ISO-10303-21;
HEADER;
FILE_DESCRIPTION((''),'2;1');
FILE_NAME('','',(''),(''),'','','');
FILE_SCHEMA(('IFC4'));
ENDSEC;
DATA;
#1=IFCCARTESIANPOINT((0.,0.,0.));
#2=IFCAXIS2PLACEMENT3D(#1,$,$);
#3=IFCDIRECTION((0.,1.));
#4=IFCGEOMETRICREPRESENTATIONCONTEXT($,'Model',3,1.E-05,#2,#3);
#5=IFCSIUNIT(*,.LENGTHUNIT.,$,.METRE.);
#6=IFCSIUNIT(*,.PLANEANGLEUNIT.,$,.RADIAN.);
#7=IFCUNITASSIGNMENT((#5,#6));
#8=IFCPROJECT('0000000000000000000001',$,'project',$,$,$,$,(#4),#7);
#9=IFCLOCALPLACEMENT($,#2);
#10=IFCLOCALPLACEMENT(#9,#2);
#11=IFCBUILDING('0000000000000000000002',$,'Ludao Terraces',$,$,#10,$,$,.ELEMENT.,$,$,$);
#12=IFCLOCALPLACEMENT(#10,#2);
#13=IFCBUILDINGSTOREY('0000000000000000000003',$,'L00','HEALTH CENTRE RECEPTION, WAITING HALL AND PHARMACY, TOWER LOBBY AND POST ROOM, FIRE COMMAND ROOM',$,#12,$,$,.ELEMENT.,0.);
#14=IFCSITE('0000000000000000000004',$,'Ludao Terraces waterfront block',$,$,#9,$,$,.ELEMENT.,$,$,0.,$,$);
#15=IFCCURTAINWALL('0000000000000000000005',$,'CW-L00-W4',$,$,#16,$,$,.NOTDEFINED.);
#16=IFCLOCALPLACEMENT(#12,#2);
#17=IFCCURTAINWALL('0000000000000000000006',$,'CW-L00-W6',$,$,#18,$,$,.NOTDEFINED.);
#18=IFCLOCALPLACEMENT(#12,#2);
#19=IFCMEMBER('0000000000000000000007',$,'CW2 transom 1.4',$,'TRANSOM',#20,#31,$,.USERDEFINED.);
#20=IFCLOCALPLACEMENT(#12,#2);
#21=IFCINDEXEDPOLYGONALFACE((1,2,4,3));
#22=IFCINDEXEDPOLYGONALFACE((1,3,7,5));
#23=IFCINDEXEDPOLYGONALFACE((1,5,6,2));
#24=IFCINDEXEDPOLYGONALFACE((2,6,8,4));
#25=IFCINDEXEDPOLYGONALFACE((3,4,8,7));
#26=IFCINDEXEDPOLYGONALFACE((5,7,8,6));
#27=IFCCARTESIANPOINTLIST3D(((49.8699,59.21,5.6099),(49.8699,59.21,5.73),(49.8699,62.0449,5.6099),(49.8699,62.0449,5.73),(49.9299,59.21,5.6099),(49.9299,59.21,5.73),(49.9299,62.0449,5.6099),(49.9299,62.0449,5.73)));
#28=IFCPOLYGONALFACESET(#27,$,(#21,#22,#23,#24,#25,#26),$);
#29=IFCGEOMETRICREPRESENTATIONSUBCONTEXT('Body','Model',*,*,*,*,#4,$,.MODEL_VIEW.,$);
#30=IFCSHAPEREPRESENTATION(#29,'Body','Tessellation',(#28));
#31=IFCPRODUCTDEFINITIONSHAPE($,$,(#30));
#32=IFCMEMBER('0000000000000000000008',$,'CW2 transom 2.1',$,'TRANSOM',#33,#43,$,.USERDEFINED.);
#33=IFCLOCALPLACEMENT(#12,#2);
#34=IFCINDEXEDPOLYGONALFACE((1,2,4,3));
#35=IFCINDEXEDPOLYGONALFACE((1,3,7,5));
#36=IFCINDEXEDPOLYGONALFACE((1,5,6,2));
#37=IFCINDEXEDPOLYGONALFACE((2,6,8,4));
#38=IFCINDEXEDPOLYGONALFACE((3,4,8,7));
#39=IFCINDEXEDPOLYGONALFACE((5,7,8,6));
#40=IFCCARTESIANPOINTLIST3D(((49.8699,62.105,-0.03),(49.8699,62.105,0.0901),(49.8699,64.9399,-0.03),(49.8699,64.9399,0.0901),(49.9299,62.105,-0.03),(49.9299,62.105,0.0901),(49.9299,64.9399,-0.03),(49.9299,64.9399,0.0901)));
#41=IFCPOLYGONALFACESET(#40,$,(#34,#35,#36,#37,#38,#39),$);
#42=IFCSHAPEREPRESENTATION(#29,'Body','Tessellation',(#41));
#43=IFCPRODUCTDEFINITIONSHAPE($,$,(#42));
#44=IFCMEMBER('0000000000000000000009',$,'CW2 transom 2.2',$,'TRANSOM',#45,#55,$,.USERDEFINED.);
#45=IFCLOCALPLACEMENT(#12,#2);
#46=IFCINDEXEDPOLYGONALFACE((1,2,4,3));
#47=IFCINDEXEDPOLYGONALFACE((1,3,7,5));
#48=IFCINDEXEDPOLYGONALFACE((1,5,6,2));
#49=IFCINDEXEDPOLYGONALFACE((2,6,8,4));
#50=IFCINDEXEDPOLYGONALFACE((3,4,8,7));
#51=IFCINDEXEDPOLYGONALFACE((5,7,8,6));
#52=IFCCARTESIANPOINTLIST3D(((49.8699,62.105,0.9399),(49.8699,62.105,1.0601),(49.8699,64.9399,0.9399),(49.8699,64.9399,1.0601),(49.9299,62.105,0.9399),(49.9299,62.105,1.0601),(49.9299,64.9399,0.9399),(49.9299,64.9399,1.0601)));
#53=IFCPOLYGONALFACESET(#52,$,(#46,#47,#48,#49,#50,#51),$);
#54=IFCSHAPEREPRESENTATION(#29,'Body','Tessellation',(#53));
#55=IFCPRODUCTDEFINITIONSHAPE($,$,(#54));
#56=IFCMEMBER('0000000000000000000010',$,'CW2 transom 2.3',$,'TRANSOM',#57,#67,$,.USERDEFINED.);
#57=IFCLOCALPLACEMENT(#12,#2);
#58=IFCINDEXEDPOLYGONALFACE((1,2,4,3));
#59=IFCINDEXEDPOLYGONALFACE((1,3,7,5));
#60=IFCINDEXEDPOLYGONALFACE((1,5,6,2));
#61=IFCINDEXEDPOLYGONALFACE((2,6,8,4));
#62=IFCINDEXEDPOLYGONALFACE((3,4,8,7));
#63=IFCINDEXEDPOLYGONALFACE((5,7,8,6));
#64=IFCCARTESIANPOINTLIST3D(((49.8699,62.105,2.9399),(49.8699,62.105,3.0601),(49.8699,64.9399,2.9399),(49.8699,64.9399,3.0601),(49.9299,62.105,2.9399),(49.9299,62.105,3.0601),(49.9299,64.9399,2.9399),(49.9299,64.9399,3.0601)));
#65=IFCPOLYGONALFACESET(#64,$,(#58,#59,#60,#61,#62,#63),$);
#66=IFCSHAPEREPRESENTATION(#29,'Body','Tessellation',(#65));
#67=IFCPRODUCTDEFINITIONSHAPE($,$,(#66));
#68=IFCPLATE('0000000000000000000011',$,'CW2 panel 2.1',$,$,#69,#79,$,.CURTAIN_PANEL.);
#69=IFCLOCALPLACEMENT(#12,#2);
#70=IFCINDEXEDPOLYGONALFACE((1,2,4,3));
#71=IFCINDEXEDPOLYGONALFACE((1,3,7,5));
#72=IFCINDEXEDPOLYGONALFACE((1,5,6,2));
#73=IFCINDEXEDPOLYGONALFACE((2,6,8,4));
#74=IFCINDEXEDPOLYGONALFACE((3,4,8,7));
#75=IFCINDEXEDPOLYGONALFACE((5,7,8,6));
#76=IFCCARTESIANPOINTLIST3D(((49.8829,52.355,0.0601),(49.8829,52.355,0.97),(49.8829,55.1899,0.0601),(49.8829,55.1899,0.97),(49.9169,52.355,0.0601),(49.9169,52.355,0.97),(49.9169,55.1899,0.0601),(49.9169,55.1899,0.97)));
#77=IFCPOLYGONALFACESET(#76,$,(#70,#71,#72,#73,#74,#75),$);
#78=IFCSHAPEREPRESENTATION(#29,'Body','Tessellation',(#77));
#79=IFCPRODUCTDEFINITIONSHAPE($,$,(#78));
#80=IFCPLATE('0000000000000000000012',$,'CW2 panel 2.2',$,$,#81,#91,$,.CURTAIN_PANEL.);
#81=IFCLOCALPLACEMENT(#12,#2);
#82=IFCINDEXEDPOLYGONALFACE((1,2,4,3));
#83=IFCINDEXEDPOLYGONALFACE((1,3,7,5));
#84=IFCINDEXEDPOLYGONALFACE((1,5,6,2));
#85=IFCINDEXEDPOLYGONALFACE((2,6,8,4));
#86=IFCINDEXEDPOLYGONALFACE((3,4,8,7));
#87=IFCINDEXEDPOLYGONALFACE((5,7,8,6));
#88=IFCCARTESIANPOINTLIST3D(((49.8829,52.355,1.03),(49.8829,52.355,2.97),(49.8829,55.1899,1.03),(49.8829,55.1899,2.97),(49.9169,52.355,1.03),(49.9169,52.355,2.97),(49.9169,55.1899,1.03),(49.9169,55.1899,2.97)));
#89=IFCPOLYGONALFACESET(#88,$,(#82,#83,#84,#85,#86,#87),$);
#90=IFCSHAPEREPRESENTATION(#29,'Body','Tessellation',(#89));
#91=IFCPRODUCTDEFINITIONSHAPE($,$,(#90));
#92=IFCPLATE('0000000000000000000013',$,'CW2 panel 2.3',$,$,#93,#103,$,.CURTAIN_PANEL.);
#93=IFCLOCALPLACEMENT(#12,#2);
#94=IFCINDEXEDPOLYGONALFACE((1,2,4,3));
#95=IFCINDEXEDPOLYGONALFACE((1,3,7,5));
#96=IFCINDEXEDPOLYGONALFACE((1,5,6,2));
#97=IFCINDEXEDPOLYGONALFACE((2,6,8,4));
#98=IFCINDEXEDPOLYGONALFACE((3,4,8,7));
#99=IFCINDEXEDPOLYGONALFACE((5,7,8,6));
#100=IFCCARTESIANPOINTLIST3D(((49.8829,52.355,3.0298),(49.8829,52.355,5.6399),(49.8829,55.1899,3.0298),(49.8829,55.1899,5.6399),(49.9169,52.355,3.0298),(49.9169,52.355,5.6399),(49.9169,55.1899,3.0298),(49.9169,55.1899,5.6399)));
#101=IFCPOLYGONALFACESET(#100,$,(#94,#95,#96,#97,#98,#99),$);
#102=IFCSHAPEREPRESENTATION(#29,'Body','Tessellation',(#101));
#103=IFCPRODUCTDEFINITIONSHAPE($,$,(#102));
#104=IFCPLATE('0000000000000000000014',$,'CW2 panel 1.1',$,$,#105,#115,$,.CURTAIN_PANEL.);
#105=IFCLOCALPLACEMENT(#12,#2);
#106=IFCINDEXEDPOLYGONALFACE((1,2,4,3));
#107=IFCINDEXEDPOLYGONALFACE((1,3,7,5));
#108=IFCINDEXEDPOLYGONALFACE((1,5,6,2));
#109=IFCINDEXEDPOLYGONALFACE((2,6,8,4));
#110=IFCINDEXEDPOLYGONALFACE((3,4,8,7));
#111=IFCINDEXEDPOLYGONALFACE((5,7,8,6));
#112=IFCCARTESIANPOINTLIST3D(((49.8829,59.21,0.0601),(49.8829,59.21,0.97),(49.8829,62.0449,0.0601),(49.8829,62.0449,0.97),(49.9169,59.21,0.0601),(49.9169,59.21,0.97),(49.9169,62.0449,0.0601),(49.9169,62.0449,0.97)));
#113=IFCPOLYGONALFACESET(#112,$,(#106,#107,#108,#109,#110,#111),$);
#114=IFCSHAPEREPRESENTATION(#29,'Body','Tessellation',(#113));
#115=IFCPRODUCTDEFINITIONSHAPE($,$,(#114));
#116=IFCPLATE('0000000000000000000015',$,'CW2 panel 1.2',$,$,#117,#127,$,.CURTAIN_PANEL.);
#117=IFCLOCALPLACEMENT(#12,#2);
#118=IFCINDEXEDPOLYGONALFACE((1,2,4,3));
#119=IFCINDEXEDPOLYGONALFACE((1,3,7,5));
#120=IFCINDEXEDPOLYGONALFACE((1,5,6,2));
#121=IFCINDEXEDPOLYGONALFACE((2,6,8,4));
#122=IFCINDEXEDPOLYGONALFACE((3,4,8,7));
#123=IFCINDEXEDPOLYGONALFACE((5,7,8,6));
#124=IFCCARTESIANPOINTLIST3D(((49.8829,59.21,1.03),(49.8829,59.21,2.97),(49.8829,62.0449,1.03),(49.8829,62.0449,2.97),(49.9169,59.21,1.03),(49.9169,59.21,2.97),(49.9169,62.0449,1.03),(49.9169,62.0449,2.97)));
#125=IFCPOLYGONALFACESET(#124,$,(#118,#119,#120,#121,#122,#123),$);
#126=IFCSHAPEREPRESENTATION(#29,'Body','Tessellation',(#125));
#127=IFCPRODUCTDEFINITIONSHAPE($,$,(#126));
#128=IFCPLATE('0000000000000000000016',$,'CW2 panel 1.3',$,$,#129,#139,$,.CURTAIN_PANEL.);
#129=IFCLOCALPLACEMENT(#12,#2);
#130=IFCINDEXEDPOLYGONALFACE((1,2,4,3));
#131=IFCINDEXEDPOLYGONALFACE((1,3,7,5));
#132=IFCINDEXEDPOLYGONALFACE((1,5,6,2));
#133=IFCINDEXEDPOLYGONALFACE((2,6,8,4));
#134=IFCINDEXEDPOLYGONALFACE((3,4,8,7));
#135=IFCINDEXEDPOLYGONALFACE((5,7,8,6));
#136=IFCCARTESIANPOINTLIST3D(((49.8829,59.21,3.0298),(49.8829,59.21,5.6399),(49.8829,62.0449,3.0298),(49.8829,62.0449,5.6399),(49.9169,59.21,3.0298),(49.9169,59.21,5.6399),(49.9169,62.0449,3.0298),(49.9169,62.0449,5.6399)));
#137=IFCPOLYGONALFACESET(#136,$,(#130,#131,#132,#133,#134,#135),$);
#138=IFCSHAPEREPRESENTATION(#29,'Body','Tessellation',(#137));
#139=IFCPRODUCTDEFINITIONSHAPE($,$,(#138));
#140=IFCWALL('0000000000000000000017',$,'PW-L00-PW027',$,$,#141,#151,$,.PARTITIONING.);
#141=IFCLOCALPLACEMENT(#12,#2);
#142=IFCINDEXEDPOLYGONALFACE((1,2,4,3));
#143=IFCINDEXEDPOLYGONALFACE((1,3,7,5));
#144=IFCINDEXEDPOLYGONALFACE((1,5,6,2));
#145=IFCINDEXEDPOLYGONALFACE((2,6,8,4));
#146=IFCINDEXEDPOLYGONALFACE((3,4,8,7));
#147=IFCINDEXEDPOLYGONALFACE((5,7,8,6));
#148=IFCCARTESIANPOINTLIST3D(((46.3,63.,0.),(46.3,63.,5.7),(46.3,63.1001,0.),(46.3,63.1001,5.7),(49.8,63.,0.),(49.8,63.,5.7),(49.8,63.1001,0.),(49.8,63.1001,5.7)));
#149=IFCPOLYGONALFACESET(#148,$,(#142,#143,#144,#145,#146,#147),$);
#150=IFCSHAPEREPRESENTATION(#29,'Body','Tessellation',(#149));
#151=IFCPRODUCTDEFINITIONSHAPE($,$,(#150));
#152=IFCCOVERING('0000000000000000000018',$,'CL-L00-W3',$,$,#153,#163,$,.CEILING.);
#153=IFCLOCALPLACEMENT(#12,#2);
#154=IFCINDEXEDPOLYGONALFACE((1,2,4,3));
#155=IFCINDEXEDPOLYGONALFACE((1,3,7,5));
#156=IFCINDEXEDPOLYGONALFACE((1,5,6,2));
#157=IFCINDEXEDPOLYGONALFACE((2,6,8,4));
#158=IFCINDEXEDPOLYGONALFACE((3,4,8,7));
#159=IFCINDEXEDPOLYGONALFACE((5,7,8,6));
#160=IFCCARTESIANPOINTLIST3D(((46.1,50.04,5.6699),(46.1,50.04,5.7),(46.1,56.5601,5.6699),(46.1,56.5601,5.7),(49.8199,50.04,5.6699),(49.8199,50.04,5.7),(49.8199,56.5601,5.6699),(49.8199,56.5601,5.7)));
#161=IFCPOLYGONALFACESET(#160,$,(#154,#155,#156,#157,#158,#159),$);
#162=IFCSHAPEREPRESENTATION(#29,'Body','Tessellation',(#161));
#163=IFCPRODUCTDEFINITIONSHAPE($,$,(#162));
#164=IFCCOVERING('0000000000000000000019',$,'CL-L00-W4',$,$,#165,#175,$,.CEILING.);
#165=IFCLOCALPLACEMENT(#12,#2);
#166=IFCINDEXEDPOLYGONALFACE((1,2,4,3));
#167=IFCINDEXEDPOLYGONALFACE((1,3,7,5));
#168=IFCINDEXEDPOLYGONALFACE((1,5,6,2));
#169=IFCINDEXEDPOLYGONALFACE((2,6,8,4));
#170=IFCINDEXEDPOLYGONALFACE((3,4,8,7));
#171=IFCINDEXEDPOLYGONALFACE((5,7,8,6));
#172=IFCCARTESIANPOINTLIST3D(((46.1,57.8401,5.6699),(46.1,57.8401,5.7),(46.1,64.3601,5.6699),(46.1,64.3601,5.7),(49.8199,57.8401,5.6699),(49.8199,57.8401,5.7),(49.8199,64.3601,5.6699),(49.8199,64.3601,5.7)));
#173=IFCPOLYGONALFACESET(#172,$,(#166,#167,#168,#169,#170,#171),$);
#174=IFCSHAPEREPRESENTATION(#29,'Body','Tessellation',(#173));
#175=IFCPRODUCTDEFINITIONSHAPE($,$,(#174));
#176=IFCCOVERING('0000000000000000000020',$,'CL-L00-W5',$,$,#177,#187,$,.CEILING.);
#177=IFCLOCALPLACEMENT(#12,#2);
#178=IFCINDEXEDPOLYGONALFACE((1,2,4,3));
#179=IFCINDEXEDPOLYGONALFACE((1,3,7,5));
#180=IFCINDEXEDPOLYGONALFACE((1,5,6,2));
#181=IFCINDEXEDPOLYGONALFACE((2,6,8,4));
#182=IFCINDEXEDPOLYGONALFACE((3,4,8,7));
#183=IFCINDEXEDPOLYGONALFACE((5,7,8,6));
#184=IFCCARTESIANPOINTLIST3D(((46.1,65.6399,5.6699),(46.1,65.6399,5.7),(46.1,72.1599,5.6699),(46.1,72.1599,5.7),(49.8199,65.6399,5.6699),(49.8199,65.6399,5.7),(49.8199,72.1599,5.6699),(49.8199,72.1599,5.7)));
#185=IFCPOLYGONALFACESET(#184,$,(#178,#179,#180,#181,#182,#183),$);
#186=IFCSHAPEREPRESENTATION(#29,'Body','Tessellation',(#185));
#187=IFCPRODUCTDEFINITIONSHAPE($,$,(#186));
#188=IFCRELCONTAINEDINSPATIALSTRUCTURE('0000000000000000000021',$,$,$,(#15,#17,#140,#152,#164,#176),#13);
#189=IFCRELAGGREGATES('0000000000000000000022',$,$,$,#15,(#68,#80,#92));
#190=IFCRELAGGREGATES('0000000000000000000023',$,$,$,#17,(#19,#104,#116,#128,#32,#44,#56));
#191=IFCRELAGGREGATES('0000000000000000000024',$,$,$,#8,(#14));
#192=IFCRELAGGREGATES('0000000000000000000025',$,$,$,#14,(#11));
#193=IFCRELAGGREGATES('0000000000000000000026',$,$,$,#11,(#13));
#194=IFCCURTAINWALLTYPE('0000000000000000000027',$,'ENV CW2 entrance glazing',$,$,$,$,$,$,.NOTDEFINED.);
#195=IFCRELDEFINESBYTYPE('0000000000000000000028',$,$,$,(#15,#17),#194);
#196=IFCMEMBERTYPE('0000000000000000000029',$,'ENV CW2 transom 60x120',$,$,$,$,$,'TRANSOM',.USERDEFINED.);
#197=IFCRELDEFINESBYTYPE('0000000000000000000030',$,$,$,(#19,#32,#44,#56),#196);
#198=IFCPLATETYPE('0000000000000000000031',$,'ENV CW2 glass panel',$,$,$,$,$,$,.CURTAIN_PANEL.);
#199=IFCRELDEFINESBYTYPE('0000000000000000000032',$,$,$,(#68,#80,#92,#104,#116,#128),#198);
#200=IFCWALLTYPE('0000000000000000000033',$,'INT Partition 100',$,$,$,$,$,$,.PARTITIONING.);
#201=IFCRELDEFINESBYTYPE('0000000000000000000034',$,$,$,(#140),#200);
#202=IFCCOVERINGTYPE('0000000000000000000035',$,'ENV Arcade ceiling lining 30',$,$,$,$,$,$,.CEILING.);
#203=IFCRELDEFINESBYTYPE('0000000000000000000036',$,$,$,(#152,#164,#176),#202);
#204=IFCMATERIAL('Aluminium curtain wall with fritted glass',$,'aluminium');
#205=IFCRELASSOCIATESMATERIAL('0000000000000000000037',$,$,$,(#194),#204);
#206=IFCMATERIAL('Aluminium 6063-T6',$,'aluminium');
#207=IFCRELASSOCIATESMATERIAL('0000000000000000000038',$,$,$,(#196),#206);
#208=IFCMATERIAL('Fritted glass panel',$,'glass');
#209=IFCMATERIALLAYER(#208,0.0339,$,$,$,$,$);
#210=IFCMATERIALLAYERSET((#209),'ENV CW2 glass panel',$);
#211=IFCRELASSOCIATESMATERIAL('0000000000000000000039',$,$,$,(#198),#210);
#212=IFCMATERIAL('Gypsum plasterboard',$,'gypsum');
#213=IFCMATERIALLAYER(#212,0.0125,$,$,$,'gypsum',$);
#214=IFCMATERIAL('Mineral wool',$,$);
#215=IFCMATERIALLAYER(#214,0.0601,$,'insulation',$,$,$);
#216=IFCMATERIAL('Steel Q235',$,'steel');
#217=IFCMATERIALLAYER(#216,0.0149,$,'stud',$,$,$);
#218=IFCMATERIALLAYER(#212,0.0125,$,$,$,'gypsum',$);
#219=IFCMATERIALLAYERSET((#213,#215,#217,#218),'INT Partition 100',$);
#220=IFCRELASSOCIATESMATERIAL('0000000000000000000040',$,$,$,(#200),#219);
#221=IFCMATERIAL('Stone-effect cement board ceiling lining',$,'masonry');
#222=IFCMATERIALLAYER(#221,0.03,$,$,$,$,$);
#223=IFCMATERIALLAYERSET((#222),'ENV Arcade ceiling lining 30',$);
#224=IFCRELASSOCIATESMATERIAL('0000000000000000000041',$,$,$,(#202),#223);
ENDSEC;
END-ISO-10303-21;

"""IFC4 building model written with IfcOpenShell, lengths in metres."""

from ifc_helpers import new_model, si_unit, direction, frame, frame_2d, origin, origin_2d, place, context, subcontext, project, spatial, rectangle, extrude, material, layer, layer_set, material_profile, profile_set, type_object, element, aggregate, save


model = new_model("IFC4")

# Units and contexts
model_context = context("Model", 3, precision=1e-05, world=origin(), true_north=direction((0.0, 1.0)))
body_context = subcontext(model_context, "Body", "Model", "MODEL_VIEW")
ifc_project = project(units=[si_unit("LENGTHUNIT", "METRE"), si_unit("PLANEANGLEUNIT", "RADIAN")], contexts=[model_context])

# Site, building, storey
site_placement = place(None, origin())
site = spatial("IfcSite", under=ifc_project, at=site_placement, Name="Ludao Terraces waterfront block", CompositionType="ELEMENT", RefElevation=0.0)
building_placement = place(site_placement, origin())
building = spatial("IfcBuilding", under=site, at=building_placement, Name="Ludao Terraces", CompositionType="ELEMENT")
storey_placement = place(building_placement, origin())
storey = spatial("IfcBuildingStorey", under=building, at=storey_placement, Name="L00", Description="HEALTH CENTRE RECEPTION, WAITING HALL AND PHARMACY, TOWER LOBBY AND POST ROOM, FIRE COMMAND ROOM", CompositionType="ELEMENT", Elevation=0.0)

# Curtain wall
ifc_material_1 = material(Name="Aluminium curtain wall with fritted glass", Category="aluminium")
curtain_wall_type = type_object("IfcCurtainWallType", Name="ENV CW2 entrance glazing", PredefinedType="NOTDEFINED", material=ifc_material_1)
curtain_wall_1_placement = place(storey_placement, origin())
curtain_wall_1 = element("IfcCurtainWall", 1, at=curtain_wall_1_placement, inside=storey, type_object=curtain_wall_type, Name="CW-L00-W4", PredefinedType="NOTDEFINED")
ifc_material_2 = material(Name="Aluminium 6063-T6", Category="aluminium")

# Curtain wall
curtain_wall_2_placement = place(storey_placement, origin())
curtain_wall_2 = element("IfcCurtainWall", 2, at=curtain_wall_2_placement, inside=storey, type_object=curtain_wall_type, Name="CW-L00-W6", PredefinedType="NOTDEFINED")

# Members
ifc_material_profile_1 = material_profile(ifc_material_2, rectangle(XDim=0.0601, YDim=0.1201, at=origin_2d()), Name="60 X 120")
ifc_profile_set_1 = profile_set([ifc_material_profile_1], Name="Aluminium 6063-T6")
member_type_1 = type_object("IfcMemberType", Name="ENV CW2 transom 60x120", ElementType="TRANSOM", PredefinedType="USERDEFINED", material=ifc_profile_set_1)
member_1_placement = place(storey_placement, frame((49.8999, 59.21, 5.6699), z_axis=(0.0, 1.0, 0.0), x_axis=(-1.0, 0.0, 0.0)))
member_1 = element("IfcMember", 3, at=member_1_placement, type_object=member_type_1, Name="CW2 transom 1.4", ObjectType="TRANSOM", PredefinedType="USERDEFINED", context=body_context, shape_type="SweptSolid", body=[
    extrude(rectangle(XDim=0.0601, YDim=0.1201, at=origin_2d()), origin(), (0.0, 0.0, 1.0), 2.835),
])
member_2_placement = place(storey_placement, frame((49.8999, 62.105, 0.03), z_axis=(0.0, 1.0, 0.0), x_axis=(-1.0, 0.0, 0.0)))
member_2 = element("IfcMember", 4, at=member_2_placement, type_object=member_type_1, Name="CW2 transom 2.1", ObjectType="TRANSOM", PredefinedType="USERDEFINED", context=body_context, shape_type="SweptSolid", body=[
    extrude(rectangle(XDim=0.0601, YDim=0.1201, at=origin_2d()), origin(), (0.0, 0.0, 1.0), 2.835),
])
member_3_placement = place(storey_placement, frame((49.8999, 62.105, 1.0), z_axis=(0.0, 1.0, 0.0), x_axis=(-1.0, 0.0, 0.0)))
member_3 = element("IfcMember", 5, at=member_3_placement, type_object=member_type_1, Name="CW2 transom 2.2", ObjectType="TRANSOM", PredefinedType="USERDEFINED", context=body_context, shape_type="SweptSolid", body=[
    extrude(rectangle(XDim=0.0601, YDim=0.1201, at=origin_2d()), origin(), (0.0, 0.0, 1.0), 2.835),
])
member_4_placement = place(storey_placement, frame((49.8999, 62.105, 3.0), z_axis=(0.0, 1.0, 0.0), x_axis=(-1.0, 0.0, 0.0)))
member_4 = element("IfcMember", 6, at=member_4_placement, type_object=member_type_1, Name="CW2 transom 2.3", ObjectType="TRANSOM", PredefinedType="USERDEFINED", context=body_context, shape_type="SweptSolid", body=[
    extrude(rectangle(XDim=0.0601, YDim=0.1201, at=origin_2d()), origin(), (0.0, 0.0, 1.0), 2.835),
])

# Plates
ifc_material_3 = material(Name="Fritted glass panel", Category="glass")
ifc_layer_1 = layer(ifc_material_3, 0.0339)
ifc_layer_set_1 = layer_set([ifc_layer_1], Name="ENV CW2 glass panel")
plate_type = type_object("IfcPlateType", Name="ENV CW2 glass panel", PredefinedType="CURTAIN_PANEL", material=ifc_layer_set_1)
plate_1_placement = place(storey_placement, frame((49.8999, 53.7725, 0.0601), z_axis=(0.0, 0.0, 1.0), x_axis=(0.0, 1.0, 0.0)))
plate_1 = element("IfcPlate", 7, at=plate_1_placement, type_object=plate_type, Name="CW2 panel 2.1", PredefinedType="CURTAIN_PANEL", context=body_context, shape_type="SweptSolid", body=[
    extrude(rectangle(XDim=2.835, YDim=0.0339, at=origin_2d()), origin(), (0.0, 0.0, 1.0), 0.9099),
])
plate_2_placement = place(storey_placement, frame((49.8999, 53.7725, 1.03), z_axis=(0.0, 0.0, 1.0), x_axis=(0.0, 1.0, 0.0)))
plate_2 = element("IfcPlate", 8, at=plate_2_placement, type_object=plate_type, Name="CW2 panel 2.2", PredefinedType="CURTAIN_PANEL", context=body_context, shape_type="SweptSolid", body=[
    extrude(rectangle(XDim=2.835, YDim=0.0339, at=origin_2d()), origin(), (0.0, 0.0, 1.0), 1.9399),
])
plate_3_placement = place(storey_placement, frame((49.8999, 53.7725, 3.0298), z_axis=(0.0, 0.0, 1.0), x_axis=(0.0, 1.0, 0.0)))
plate_3 = element("IfcPlate", 9, at=plate_3_placement, type_object=plate_type, Name="CW2 panel 2.3", PredefinedType="CURTAIN_PANEL", context=body_context, shape_type="SweptSolid", body=[
    extrude(rectangle(XDim=2.835, YDim=0.0339, at=origin_2d()), origin(), (0.0, 0.0, 1.0), 2.6101),
])
aggregate(curtain_wall_1, [plate_1, plate_2, plate_3])
plate_4_placement = place(storey_placement, frame((49.8999, 60.6274, 0.0601), z_axis=(0.0, 0.0, 1.0), x_axis=(0.0, 1.0, 0.0)))
plate_4 = element("IfcPlate", 10, at=plate_4_placement, type_object=plate_type, Name="CW2 panel 1.1", PredefinedType="CURTAIN_PANEL", context=body_context, shape_type="SweptSolid", body=[
    extrude(rectangle(XDim=2.835, YDim=0.0339, at=origin_2d()), origin(), (0.0, 0.0, 1.0), 0.9099),
])
plate_5_placement = place(storey_placement, frame((49.8999, 60.6274, 1.03), z_axis=(0.0, 0.0, 1.0), x_axis=(0.0, 1.0, 0.0)))
plate_5 = element("IfcPlate", 11, at=plate_5_placement, type_object=plate_type, Name="CW2 panel 1.2", PredefinedType="CURTAIN_PANEL", context=body_context, shape_type="SweptSolid", body=[
    extrude(rectangle(XDim=2.835, YDim=0.0339, at=origin_2d()), origin(), (0.0, 0.0, 1.0), 1.9399),
])
plate_6_placement = place(storey_placement, frame((49.8999, 60.6274, 3.0298), z_axis=(0.0, 0.0, 1.0), x_axis=(0.0, 1.0, 0.0)))
plate_6 = element("IfcPlate", 12, at=plate_6_placement, type_object=plate_type, Name="CW2 panel 1.3", PredefinedType="CURTAIN_PANEL", context=body_context, shape_type="SweptSolid", body=[
    extrude(rectangle(XDim=2.835, YDim=0.0339, at=origin_2d()), origin(), (0.0, 0.0, 1.0), 2.6101),
])
aggregate(curtain_wall_2, [member_1, plate_4, plate_5, plate_6, member_2, member_3, member_4])

# Shared definitions
ifc_material_4 = material(Name="Mineral wool")

# Wall
ifc_material_5 = material(Name="Gypsum plasterboard", Category="gypsum")
ifc_layer_2 = layer(ifc_material_5, 0.0125, Category="gypsum")
ifc_layer_3 = layer(ifc_material_4, 0.0601, Name="insulation")
ifc_material_6 = material(Name="Steel Q235", Category="steel")
ifc_layer_4 = layer(ifc_material_6, 0.0149, Name="stud")
ifc_layer_5 = layer(ifc_material_5, 0.0125, Category="gypsum")
ifc_layer_set_2 = layer_set([ifc_layer_2, ifc_layer_3, ifc_layer_4, ifc_layer_5], Name="INT Partition 100")
wall_type_1 = type_object("IfcWallType", Name="INT Partition 100", PredefinedType="PARTITIONING", material=ifc_layer_set_2)
wall_1_placement = place(storey_placement, frame((46.3, 63.05, 0.0), z_axis=(0.0, 0.0, 1.0), x_axis=(1.0, 0.0, 0.0)))
element("IfcWall", 13, at=wall_1_placement, inside=storey, type_object=wall_type_1, Name="PW-L00-PW027", PredefinedType="PARTITIONING", context=body_context, shape_type="SweptSolid", body=[
    extrude(rectangle(XDim=3.5, YDim=0.1001, at=frame_2d((1.75, 0.0))), origin(), (0.0, 0.0, 1.0), 5.7),
])

# Coverings
ifc_material_7 = material(Name="Stone-effect cement board ceiling lining", Category="masonry")
ifc_layer_6 = layer(ifc_material_7, 0.03)
ifc_layer_set_3 = layer_set([ifc_layer_6], Name="ENV Arcade ceiling lining 30")
covering_type = type_object("IfcCoveringType", Name="ENV Arcade ceiling lining 30", PredefinedType="CEILING", material=ifc_layer_set_3)
for number, where, z_axis, x_axis, name in (
    (14, (47.96, 53.3, 5.6699), (0.0, 0.0, 1.0), (1.0, 0.0, 0.0), "CL-L00-W3"),
    (15, (47.96, 61.1001, 5.6699), (0.0, 0.0, 1.0), (1.0, 0.0, 0.0), "CL-L00-W4"),
    (16, (47.96, 68.8999, 5.6699), (0.0, 0.0, 1.0), (1.0, 0.0, 0.0), "CL-L00-W5"),
):
    element("IfcCovering", number, at=place(storey_placement, frame(where, z_axis=z_axis, x_axis=x_axis)), inside=storey, type_object=covering_type, Name=name, PredefinedType="CEILING", context=body_context, shape_type="SweptSolid", body=[
        extrude(rectangle(XDim=3.72, YDim=6.52, at=origin_2d()), origin(), (0.0, 0.0, 1.0), 0.03),
    ])

save(model, "model.ifc")
